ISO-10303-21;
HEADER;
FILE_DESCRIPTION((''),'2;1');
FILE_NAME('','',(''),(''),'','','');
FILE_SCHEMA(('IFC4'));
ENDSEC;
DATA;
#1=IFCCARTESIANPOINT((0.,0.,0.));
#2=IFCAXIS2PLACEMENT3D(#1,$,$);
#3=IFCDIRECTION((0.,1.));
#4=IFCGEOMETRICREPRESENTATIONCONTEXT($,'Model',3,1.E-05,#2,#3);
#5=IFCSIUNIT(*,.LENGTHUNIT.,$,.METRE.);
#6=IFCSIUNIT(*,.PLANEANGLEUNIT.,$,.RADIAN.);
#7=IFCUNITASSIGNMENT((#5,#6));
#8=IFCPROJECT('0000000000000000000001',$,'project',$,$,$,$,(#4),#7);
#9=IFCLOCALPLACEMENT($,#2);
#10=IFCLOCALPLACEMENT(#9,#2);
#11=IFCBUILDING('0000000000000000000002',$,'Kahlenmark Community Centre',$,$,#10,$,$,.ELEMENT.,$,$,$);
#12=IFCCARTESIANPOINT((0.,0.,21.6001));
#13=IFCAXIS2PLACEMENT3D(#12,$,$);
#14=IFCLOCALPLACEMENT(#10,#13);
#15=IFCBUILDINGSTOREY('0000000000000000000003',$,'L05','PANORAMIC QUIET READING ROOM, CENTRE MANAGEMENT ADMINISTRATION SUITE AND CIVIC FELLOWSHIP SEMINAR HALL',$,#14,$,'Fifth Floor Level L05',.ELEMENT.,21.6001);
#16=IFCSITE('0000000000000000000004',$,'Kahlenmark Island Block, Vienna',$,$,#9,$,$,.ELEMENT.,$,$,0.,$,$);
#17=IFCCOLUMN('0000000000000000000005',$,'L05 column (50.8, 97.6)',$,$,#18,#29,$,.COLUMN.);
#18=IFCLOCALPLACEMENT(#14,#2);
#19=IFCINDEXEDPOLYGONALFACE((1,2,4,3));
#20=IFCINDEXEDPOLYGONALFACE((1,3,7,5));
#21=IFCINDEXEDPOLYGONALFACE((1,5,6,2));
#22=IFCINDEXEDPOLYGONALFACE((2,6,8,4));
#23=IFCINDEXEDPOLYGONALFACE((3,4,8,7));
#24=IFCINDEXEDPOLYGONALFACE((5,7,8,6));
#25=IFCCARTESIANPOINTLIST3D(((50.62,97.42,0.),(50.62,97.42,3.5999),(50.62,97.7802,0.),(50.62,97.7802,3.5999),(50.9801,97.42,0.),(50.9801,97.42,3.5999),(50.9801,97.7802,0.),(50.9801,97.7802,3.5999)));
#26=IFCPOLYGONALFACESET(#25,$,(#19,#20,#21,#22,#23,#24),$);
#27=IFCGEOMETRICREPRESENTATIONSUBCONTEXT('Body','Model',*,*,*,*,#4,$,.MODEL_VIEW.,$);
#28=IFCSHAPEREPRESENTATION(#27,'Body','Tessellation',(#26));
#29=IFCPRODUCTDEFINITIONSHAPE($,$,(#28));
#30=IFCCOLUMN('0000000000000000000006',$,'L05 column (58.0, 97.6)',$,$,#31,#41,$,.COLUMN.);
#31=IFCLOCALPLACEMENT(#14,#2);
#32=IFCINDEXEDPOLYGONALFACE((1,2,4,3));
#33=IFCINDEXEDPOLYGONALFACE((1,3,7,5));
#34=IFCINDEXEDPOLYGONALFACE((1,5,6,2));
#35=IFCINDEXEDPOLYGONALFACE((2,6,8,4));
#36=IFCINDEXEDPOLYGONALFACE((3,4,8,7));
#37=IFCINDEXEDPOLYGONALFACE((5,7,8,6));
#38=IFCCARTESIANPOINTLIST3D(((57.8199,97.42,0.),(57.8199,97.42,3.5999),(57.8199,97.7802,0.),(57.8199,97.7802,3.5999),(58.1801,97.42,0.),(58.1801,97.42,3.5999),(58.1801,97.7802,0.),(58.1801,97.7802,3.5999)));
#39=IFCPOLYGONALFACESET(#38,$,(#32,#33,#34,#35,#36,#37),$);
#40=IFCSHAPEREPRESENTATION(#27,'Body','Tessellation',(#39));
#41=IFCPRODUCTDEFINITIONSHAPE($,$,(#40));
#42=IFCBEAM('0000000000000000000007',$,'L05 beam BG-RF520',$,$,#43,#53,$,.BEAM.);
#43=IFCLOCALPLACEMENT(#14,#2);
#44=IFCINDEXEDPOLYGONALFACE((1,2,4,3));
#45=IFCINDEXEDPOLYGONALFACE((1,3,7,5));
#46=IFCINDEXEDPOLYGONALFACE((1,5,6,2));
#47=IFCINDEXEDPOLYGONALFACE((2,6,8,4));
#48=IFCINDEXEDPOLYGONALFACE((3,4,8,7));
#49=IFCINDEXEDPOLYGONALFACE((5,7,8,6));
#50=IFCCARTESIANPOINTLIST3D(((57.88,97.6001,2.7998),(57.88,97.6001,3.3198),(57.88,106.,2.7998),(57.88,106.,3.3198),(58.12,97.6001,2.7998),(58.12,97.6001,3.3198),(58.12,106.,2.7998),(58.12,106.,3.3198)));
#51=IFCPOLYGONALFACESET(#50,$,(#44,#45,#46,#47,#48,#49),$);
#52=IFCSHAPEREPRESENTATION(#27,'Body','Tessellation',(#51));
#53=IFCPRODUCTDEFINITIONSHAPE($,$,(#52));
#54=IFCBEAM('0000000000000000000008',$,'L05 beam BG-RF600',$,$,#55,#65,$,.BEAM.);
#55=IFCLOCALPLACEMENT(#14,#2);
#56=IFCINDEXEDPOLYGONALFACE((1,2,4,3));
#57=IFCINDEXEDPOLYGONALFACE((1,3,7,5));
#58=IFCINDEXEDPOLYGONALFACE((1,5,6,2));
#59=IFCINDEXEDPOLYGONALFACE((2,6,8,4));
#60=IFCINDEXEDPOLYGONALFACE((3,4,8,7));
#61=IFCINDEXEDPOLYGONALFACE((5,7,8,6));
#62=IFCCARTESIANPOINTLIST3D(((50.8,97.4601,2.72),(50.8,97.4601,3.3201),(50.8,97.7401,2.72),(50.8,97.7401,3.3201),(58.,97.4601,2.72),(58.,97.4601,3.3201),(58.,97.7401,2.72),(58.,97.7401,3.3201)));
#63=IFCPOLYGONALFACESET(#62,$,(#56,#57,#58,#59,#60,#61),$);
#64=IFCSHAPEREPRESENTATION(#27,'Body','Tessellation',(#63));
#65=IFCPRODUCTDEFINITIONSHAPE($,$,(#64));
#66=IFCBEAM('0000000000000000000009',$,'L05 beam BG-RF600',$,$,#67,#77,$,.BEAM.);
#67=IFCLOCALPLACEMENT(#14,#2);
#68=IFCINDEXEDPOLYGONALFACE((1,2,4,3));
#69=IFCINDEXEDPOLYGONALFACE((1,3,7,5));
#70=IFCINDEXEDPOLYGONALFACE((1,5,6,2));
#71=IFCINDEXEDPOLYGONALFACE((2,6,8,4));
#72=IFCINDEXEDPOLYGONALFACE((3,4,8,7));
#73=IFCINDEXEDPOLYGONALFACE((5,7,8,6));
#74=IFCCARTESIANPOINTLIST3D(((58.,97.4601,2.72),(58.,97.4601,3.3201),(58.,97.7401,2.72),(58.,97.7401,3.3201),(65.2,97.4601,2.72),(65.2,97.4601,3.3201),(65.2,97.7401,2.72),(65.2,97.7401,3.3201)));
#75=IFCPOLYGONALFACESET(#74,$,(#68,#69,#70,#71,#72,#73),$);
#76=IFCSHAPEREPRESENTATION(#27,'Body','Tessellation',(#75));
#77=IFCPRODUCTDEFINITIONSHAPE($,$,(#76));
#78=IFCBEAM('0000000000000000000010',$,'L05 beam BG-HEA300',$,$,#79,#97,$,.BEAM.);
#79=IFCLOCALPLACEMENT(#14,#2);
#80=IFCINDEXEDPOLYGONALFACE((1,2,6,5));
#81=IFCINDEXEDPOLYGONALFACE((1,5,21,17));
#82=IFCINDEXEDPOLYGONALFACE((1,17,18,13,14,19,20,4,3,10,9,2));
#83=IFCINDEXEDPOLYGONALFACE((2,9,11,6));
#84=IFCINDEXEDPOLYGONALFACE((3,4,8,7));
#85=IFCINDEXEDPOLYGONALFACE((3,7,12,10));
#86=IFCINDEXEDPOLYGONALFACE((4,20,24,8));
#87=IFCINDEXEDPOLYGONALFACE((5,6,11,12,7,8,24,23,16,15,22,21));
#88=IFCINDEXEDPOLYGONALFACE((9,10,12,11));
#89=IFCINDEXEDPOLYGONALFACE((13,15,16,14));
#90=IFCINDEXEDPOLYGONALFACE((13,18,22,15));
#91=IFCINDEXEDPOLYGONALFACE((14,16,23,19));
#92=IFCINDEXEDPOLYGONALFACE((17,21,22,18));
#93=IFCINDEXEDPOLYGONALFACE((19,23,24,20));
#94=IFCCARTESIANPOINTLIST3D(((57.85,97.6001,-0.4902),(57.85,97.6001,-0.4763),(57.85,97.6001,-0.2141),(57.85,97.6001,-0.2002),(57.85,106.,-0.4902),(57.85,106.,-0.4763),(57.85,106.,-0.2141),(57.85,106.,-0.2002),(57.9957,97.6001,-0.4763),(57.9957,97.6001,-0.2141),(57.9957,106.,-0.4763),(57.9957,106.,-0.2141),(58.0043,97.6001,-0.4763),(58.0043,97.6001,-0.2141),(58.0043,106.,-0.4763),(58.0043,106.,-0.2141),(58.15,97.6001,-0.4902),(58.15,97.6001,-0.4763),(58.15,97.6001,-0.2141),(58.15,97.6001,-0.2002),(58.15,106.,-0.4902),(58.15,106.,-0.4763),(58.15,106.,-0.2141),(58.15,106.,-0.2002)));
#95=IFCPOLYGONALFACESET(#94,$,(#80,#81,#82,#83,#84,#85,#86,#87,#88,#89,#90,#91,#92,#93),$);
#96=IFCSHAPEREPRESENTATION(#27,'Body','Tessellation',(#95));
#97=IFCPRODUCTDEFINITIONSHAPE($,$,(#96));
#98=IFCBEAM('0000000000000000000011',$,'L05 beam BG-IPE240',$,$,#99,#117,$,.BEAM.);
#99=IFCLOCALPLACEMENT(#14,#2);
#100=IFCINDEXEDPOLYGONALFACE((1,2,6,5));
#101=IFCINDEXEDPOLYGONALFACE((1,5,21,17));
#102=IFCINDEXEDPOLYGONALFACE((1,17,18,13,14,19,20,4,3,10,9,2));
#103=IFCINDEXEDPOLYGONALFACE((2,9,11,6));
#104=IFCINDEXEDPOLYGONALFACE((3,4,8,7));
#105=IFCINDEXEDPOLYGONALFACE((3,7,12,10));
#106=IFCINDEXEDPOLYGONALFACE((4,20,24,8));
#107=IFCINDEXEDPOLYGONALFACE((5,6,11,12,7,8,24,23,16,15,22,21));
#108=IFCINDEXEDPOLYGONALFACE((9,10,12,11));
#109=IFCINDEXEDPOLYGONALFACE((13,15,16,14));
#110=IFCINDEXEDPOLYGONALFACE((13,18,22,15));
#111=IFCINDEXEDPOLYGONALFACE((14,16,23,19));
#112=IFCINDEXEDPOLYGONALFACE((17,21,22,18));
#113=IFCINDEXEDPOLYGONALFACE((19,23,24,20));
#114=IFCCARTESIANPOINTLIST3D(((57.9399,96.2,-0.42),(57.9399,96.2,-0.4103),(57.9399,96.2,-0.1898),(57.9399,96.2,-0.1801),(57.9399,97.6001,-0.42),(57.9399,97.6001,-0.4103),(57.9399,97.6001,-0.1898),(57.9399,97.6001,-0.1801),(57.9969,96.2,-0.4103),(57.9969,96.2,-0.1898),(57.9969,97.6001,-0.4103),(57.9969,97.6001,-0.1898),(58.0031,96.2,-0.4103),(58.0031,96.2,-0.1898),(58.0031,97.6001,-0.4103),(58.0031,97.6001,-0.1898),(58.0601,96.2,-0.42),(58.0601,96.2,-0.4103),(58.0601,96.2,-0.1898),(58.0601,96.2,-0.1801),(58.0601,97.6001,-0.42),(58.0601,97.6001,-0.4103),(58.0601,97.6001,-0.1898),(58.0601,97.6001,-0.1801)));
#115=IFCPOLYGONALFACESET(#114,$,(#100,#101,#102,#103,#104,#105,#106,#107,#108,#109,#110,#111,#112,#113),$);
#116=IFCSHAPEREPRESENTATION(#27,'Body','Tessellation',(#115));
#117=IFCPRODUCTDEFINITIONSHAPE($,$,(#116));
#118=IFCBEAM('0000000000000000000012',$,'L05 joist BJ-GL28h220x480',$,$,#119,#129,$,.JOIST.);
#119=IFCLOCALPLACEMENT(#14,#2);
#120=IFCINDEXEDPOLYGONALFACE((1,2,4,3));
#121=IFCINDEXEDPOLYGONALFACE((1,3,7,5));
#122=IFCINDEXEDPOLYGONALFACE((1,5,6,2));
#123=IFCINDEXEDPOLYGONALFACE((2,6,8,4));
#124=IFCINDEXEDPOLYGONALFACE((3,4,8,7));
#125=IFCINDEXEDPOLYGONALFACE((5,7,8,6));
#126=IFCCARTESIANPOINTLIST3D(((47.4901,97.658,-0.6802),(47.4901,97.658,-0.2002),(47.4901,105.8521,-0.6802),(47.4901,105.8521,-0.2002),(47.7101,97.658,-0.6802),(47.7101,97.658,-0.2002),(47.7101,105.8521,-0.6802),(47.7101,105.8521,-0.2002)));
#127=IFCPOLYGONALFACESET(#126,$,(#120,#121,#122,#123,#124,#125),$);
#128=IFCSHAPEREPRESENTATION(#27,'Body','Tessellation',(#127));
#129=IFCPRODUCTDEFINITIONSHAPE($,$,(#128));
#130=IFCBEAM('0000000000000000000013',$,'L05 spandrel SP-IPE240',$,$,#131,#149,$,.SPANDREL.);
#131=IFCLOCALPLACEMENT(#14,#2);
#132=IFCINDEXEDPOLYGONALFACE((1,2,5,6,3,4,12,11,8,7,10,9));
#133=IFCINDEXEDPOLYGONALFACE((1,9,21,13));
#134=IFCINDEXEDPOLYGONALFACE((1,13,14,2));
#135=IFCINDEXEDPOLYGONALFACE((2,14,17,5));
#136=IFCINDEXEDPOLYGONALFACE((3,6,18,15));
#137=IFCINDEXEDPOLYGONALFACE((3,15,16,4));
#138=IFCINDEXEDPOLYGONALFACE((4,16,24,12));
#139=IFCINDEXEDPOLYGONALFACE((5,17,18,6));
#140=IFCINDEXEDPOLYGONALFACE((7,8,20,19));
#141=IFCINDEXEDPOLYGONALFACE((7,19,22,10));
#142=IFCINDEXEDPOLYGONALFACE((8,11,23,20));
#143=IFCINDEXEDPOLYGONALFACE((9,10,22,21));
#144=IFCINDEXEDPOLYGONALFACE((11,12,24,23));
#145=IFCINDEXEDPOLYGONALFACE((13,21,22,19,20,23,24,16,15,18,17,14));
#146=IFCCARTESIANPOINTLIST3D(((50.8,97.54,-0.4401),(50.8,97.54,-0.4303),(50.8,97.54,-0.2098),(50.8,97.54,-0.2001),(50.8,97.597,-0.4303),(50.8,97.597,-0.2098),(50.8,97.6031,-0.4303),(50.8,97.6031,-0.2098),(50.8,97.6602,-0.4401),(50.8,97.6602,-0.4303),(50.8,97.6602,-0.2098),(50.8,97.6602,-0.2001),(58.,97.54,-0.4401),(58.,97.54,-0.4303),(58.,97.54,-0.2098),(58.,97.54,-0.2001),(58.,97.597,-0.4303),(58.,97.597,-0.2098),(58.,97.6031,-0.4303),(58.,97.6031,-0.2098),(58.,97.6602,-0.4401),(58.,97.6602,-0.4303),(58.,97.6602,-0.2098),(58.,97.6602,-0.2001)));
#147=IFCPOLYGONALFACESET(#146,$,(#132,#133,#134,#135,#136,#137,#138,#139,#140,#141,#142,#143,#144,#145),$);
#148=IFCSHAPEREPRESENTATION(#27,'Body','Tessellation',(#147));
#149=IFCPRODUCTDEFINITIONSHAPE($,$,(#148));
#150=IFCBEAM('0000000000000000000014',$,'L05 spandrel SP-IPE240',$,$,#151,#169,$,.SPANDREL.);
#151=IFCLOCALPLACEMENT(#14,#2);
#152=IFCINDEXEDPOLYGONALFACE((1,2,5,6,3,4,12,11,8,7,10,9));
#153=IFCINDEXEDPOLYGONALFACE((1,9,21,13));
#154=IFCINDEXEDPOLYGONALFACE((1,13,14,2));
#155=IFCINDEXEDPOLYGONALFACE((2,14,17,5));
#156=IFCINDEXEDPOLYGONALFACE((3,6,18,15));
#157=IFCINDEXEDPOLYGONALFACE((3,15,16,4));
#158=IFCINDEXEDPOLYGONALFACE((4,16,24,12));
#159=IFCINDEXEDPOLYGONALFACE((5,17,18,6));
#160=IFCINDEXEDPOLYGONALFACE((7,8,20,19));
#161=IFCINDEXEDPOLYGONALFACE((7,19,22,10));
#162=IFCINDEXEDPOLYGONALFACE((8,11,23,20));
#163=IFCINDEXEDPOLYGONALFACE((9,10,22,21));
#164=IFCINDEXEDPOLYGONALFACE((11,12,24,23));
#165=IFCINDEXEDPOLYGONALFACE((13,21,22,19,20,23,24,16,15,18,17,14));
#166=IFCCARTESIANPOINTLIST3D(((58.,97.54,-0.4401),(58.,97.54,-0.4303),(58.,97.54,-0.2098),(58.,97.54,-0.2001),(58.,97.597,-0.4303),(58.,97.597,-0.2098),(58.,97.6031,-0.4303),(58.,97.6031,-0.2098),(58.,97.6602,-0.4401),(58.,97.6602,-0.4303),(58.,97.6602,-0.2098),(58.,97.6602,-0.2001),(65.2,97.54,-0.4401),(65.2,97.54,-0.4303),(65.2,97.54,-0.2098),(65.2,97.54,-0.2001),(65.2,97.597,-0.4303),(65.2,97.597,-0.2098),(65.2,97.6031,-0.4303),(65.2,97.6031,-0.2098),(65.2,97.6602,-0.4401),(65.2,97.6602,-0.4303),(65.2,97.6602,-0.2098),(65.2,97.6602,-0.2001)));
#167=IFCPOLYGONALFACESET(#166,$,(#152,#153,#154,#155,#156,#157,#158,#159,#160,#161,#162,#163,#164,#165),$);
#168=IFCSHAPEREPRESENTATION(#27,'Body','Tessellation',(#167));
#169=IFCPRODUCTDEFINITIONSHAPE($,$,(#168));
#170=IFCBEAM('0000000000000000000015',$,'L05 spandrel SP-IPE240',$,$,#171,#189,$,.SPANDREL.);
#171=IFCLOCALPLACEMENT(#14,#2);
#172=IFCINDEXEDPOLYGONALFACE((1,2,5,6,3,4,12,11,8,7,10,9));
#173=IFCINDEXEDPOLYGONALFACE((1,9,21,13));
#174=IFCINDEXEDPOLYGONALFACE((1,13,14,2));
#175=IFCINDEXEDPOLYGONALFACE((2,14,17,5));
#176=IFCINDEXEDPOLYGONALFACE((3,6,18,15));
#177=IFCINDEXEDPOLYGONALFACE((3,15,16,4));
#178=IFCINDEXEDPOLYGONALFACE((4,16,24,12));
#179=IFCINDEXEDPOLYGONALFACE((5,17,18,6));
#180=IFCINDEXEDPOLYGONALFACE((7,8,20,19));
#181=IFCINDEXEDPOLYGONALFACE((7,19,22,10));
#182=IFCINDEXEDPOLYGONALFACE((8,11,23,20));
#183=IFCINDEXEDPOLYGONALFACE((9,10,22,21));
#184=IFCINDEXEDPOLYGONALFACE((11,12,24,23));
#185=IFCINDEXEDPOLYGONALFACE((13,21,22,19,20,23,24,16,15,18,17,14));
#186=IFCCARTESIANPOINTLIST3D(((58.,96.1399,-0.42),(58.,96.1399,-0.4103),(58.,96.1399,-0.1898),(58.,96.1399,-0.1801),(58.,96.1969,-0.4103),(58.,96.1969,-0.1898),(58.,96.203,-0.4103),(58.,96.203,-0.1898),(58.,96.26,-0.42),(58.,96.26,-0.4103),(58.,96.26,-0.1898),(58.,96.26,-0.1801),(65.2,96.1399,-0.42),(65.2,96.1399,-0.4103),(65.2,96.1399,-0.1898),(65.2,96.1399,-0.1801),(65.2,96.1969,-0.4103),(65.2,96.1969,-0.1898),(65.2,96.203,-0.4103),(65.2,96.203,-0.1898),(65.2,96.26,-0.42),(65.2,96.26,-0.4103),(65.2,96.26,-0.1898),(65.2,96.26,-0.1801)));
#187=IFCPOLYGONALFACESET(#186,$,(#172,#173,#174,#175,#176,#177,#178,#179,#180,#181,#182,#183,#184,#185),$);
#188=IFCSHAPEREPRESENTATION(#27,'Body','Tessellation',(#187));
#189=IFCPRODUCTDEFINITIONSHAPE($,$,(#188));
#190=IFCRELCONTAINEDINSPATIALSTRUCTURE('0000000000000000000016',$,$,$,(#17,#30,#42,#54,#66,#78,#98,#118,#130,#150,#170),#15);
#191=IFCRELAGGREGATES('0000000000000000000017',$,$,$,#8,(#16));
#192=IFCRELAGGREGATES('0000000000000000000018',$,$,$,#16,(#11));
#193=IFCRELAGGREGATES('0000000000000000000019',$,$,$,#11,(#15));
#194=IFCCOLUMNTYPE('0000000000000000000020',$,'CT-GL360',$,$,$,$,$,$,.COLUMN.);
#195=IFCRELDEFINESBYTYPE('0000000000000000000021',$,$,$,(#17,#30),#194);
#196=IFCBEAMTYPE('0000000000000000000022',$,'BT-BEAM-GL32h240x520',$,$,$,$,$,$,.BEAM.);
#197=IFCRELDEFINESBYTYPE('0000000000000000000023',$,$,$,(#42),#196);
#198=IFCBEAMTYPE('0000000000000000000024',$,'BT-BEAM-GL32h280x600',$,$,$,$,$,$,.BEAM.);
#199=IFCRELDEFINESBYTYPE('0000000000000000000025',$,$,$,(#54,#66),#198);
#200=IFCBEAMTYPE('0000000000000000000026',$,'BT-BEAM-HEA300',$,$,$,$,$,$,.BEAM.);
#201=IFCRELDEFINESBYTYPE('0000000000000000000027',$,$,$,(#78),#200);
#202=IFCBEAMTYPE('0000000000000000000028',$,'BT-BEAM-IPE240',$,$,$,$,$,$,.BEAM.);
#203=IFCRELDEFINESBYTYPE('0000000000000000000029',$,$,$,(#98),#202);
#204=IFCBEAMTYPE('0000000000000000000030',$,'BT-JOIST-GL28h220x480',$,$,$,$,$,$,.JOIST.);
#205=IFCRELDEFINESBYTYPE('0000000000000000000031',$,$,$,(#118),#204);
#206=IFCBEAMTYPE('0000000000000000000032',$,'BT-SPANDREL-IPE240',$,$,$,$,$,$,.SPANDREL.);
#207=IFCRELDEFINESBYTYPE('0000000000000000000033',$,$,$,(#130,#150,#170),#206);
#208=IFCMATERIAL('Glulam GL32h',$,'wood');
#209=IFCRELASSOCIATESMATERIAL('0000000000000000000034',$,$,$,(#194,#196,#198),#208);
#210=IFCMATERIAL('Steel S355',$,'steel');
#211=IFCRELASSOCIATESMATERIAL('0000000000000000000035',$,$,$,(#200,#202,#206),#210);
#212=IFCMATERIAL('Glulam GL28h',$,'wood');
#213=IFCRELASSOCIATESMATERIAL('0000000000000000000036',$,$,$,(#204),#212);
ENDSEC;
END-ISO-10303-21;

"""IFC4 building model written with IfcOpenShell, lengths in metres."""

from ifc_helpers import new_model, si_unit, direction, frame, origin, origin_2d, place, context, subcontext, project, spatial, rectangle, i_section, extrude, material, material_profile, profile_set, type_object, element, save


model = new_model("IFC4")

# Units and contexts
model_context = context("Model", 3, precision=1e-05, world=origin(), true_north=direction((0.0, 1.0)))
body_context = subcontext(model_context, "Body", "Model", "MODEL_VIEW")
ifc_project = project(units=[si_unit("LENGTHUNIT", "METRE"), si_unit("PLANEANGLEUNIT", "RADIAN")], contexts=[model_context])

# Site, building, storey
site_placement = place(None, origin())
site = spatial("IfcSite", under=ifc_project, at=site_placement, Name="Kahlenmark Island Block, Vienna", CompositionType="ELEMENT", RefElevation=0.0)
building_placement = place(site_placement, origin())
building = spatial("IfcBuilding", under=site, at=building_placement, Name="Kahlenmark Community Centre", CompositionType="ELEMENT")
storey_placement = place(building_placement, frame((0.0, 0.0, 21.6001)))
storey = spatial("IfcBuildingStorey", under=building, at=storey_placement, Name="L05", Description="PANORAMIC QUIET READING ROOM, CENTRE MANAGEMENT ADMINISTRATION SUITE AND CIVIC FELLOWSHIP SEMINAR HALL", LongName="Fifth Floor Level L05", CompositionType="ELEMENT", Elevation=21.6001)

# Columns
ifc_material_1 = material(Name="Glulam GL32h", Category="wood")
ifc_material_profile_1 = material_profile(ifc_material_1, rectangle(XDim=0.3601, YDim=0.3601, at=origin_2d()), Name="GL32h 360x360")
ifc_profile_set_1 = profile_set([ifc_material_profile_1], Name="Glulam GL32h")
column_type = type_object("IfcColumnType", Name="CT-GL360", PredefinedType="COLUMN", material=ifc_profile_set_1)
for number, where, z_axis, x_axis, name in (
    (1, (50.8, 97.6001, 0.0), (0.0, 0.0, 1.0), (1.0, 0.0, 0.0), "L05 column (50.8, 97.6)"),
    (2, (58.0, 97.6001, 0.0), (0.0, 0.0, 1.0), (1.0, 0.0, 0.0), "L05 column (58.0, 97.6)"),
):
    element("IfcColumn", number, at=place(storey_placement, frame(where, z_axis=z_axis, x_axis=x_axis)), inside=storey, type_object=column_type, Name=name, PredefinedType="COLUMN", context=body_context, shape_type="SweptSolid", body=[
        extrude(rectangle(XDim=0.3601, YDim=0.3601, at=origin_2d()), origin(), (0.0, 0.0, 1.0), 3.5999),
    ])

# Beams
ifc_material_profile_2 = material_profile(ifc_material_1, rectangle(XDim=0.24, YDim=0.52, at=origin_2d()), Name="GL32h 240x520")
ifc_profile_set_2 = profile_set([ifc_material_profile_2], Name="Glulam GL32h")
beam_type_1 = type_object("IfcBeamType", Name="BT-BEAM-GL32h240x520", PredefinedType="BEAM", material=ifc_profile_set_2)
beam_1_placement = place(storey_placement, frame((58.0, 97.6001, 3.0598), z_axis=(0.0, 1.0, 0.0), x_axis=(-1.0, 0.0, 0.0)))
element("IfcBeam", 3, at=beam_1_placement, inside=storey, type_object=beam_type_1, Name="L05 beam BG-RF520", PredefinedType="BEAM", context=body_context, shape_type="SweptSolid", body=[
    extrude(rectangle(XDim=0.24, YDim=0.52, at=origin_2d()), origin(), (0.0, 0.0, 1.0), 8.3999),
])
ifc_material_profile_3 = material_profile(ifc_material_1, rectangle(XDim=0.28, YDim=0.6001, at=origin_2d()), Name="GL32h 280x600")
ifc_profile_set_3 = profile_set([ifc_material_profile_3], Name="Glulam GL32h")
beam_type_2 = type_object("IfcBeamType", Name="BT-BEAM-GL32h280x600", PredefinedType="BEAM", material=ifc_profile_set_3)
for number, where, z_axis, x_axis, name in (
    (4, (50.8, 97.6001, 3.02), (1.0, 0.0, 0.0), (0.0, 1.0, 0.0), "L05 beam BG-RF600"),
    (5, (58.0, 97.6001, 3.02), (1.0, 0.0, 0.0), (0.0, 1.0, 0.0), "L05 beam BG-RF600"),
):
    element("IfcBeam", number, at=place(storey_placement, frame(where, z_axis=z_axis, x_axis=x_axis)), inside=storey, type_object=beam_type_2, Name=name, PredefinedType="BEAM", context=body_context, shape_type="SweptSolid", body=[
        extrude(rectangle(XDim=0.28, YDim=0.6001, at=origin_2d()), origin(), (0.0, 0.0, 1.0), 7.2),
    ])
ifc_material_2 = material(Name="Steel S355", Category="steel")
ifc_material_profile_4 = material_profile(ifc_material_2, i_section(OverallWidth=0.3, OverallDepth=0.29, WebThickness=0.0085, FlangeThickness=0.0139, at=origin_2d()), Name="HEA 300")
ifc_profile_set_4 = profile_set([ifc_material_profile_4], Name="Steel S355")
beam_type_3 = type_object("IfcBeamType", Name="BT-BEAM-HEA300", PredefinedType="BEAM", material=ifc_profile_set_4)
beam_2_placement = place(storey_placement, frame((58.0, 97.6001, -0.3452), z_axis=(0.0, 1.0, 0.0), x_axis=(-1.0, 0.0, 0.0)))
element("IfcBeam", 6, at=beam_2_placement, inside=storey, type_object=beam_type_3, Name="L05 beam BG-HEA300", PredefinedType="BEAM", context=body_context, shape_type="SweptSolid", body=[
    extrude(i_section(OverallWidth=0.3, OverallDepth=0.29, WebThickness=0.0085, FlangeThickness=0.0139, at=origin_2d()), origin(), (0.0, 0.0, 1.0), 8.3999),
])
ifc_material_profile_5 = material_profile(ifc_material_2, i_section(OverallWidth=0.1201, OverallDepth=0.24, WebThickness=0.0061, FlangeThickness=0.0098, at=origin_2d()), Name="IPE 240")
ifc_profile_set_5 = profile_set([ifc_material_profile_5], Name="Steel S355")
beam_type_4 = type_object("IfcBeamType", Name="BT-BEAM-IPE240", PredefinedType="BEAM", material=ifc_profile_set_5)
beam_3_placement = place(storey_placement, frame((58.0, 96.2, -0.3), z_axis=(0.0, 1.0, 0.0), x_axis=(-1.0, 0.0, 0.0)))
element("IfcBeam", 7, at=beam_3_placement, inside=storey, type_object=beam_type_4, Name="L05 beam BG-IPE240", PredefinedType="BEAM", context=body_context, shape_type="SweptSolid", body=[
    extrude(i_section(OverallWidth=0.1201, OverallDepth=0.24, WebThickness=0.0061, FlangeThickness=0.0098, at=origin_2d()), origin(), (0.0, 0.0, 1.0), 1.4001),
])
ifc_material_3 = material(Name="Glulam GL28h", Category="wood")
ifc_material_profile_6 = material_profile(ifc_material_3, rectangle(XDim=0.22, YDim=0.48, at=origin_2d()), Name="GL28h 220x480")
ifc_profile_set_6 = profile_set([ifc_material_profile_6], Name="Glulam GL28h")
beam_type_5 = type_object("IfcBeamType", Name="BT-JOIST-GL28h220x480", PredefinedType="JOIST", material=ifc_profile_set_6)
beam_4_placement = place(storey_placement, frame((47.6001, 97.658, -0.4402), z_axis=(0.0, 1.0, 0.0), x_axis=(-1.0, 0.0, 0.0)))
element("IfcBeam", 8, at=beam_4_placement, inside=storey, type_object=beam_type_5, Name="L05 joist BJ-GL28h220x480", PredefinedType="JOIST", context=body_context, shape_type="SweptSolid", body=[
    extrude(rectangle(XDim=0.22, YDim=0.48, at=origin_2d()), origin(), (0.0, 0.0, 1.0), 8.1941),
])
ifc_material_profile_7 = material_profile(ifc_material_2, i_section(OverallWidth=0.1201, OverallDepth=0.24, WebThickness=0.0061, FlangeThickness=0.0098, at=origin_2d()), Name="IPE 240")
ifc_profile_set_7 = profile_set([ifc_material_profile_7], Name="Steel S355")
beam_type_6 = type_object("IfcBeamType", Name="BT-SPANDREL-IPE240", PredefinedType="SPANDREL", material=ifc_profile_set_7)
for number, where, z_axis, x_axis, name in (
    (9, (50.8, 97.6001, -0.3201), (1.0, 0.0, 0.0), (0.0, 1.0, 0.0), "L05 spandrel SP-IPE240"),
    (10, (58.0, 97.6001, -0.3201), (1.0, 0.0, 0.0), (0.0, 1.0, 0.0), "L05 spandrel SP-IPE240"),
    (11, (58.0, 96.2, -0.3), (1.0, 0.0, 0.0), (0.0, 1.0, 0.0), "L05 spandrel SP-IPE240"),
):
    element("IfcBeam", number, at=place(storey_placement, frame(where, z_axis=z_axis, x_axis=x_axis)), inside=storey, type_object=beam_type_6, Name=name, PredefinedType="SPANDREL", context=body_context, shape_type="SweptSolid", body=[
        extrude(i_section(OverallWidth=0.1201, OverallDepth=0.24, WebThickness=0.0061, FlangeThickness=0.0098, at=origin_2d()), origin(), (0.0, 0.0, 1.0), 7.2),
    ])

save(model, "model.ifc")
